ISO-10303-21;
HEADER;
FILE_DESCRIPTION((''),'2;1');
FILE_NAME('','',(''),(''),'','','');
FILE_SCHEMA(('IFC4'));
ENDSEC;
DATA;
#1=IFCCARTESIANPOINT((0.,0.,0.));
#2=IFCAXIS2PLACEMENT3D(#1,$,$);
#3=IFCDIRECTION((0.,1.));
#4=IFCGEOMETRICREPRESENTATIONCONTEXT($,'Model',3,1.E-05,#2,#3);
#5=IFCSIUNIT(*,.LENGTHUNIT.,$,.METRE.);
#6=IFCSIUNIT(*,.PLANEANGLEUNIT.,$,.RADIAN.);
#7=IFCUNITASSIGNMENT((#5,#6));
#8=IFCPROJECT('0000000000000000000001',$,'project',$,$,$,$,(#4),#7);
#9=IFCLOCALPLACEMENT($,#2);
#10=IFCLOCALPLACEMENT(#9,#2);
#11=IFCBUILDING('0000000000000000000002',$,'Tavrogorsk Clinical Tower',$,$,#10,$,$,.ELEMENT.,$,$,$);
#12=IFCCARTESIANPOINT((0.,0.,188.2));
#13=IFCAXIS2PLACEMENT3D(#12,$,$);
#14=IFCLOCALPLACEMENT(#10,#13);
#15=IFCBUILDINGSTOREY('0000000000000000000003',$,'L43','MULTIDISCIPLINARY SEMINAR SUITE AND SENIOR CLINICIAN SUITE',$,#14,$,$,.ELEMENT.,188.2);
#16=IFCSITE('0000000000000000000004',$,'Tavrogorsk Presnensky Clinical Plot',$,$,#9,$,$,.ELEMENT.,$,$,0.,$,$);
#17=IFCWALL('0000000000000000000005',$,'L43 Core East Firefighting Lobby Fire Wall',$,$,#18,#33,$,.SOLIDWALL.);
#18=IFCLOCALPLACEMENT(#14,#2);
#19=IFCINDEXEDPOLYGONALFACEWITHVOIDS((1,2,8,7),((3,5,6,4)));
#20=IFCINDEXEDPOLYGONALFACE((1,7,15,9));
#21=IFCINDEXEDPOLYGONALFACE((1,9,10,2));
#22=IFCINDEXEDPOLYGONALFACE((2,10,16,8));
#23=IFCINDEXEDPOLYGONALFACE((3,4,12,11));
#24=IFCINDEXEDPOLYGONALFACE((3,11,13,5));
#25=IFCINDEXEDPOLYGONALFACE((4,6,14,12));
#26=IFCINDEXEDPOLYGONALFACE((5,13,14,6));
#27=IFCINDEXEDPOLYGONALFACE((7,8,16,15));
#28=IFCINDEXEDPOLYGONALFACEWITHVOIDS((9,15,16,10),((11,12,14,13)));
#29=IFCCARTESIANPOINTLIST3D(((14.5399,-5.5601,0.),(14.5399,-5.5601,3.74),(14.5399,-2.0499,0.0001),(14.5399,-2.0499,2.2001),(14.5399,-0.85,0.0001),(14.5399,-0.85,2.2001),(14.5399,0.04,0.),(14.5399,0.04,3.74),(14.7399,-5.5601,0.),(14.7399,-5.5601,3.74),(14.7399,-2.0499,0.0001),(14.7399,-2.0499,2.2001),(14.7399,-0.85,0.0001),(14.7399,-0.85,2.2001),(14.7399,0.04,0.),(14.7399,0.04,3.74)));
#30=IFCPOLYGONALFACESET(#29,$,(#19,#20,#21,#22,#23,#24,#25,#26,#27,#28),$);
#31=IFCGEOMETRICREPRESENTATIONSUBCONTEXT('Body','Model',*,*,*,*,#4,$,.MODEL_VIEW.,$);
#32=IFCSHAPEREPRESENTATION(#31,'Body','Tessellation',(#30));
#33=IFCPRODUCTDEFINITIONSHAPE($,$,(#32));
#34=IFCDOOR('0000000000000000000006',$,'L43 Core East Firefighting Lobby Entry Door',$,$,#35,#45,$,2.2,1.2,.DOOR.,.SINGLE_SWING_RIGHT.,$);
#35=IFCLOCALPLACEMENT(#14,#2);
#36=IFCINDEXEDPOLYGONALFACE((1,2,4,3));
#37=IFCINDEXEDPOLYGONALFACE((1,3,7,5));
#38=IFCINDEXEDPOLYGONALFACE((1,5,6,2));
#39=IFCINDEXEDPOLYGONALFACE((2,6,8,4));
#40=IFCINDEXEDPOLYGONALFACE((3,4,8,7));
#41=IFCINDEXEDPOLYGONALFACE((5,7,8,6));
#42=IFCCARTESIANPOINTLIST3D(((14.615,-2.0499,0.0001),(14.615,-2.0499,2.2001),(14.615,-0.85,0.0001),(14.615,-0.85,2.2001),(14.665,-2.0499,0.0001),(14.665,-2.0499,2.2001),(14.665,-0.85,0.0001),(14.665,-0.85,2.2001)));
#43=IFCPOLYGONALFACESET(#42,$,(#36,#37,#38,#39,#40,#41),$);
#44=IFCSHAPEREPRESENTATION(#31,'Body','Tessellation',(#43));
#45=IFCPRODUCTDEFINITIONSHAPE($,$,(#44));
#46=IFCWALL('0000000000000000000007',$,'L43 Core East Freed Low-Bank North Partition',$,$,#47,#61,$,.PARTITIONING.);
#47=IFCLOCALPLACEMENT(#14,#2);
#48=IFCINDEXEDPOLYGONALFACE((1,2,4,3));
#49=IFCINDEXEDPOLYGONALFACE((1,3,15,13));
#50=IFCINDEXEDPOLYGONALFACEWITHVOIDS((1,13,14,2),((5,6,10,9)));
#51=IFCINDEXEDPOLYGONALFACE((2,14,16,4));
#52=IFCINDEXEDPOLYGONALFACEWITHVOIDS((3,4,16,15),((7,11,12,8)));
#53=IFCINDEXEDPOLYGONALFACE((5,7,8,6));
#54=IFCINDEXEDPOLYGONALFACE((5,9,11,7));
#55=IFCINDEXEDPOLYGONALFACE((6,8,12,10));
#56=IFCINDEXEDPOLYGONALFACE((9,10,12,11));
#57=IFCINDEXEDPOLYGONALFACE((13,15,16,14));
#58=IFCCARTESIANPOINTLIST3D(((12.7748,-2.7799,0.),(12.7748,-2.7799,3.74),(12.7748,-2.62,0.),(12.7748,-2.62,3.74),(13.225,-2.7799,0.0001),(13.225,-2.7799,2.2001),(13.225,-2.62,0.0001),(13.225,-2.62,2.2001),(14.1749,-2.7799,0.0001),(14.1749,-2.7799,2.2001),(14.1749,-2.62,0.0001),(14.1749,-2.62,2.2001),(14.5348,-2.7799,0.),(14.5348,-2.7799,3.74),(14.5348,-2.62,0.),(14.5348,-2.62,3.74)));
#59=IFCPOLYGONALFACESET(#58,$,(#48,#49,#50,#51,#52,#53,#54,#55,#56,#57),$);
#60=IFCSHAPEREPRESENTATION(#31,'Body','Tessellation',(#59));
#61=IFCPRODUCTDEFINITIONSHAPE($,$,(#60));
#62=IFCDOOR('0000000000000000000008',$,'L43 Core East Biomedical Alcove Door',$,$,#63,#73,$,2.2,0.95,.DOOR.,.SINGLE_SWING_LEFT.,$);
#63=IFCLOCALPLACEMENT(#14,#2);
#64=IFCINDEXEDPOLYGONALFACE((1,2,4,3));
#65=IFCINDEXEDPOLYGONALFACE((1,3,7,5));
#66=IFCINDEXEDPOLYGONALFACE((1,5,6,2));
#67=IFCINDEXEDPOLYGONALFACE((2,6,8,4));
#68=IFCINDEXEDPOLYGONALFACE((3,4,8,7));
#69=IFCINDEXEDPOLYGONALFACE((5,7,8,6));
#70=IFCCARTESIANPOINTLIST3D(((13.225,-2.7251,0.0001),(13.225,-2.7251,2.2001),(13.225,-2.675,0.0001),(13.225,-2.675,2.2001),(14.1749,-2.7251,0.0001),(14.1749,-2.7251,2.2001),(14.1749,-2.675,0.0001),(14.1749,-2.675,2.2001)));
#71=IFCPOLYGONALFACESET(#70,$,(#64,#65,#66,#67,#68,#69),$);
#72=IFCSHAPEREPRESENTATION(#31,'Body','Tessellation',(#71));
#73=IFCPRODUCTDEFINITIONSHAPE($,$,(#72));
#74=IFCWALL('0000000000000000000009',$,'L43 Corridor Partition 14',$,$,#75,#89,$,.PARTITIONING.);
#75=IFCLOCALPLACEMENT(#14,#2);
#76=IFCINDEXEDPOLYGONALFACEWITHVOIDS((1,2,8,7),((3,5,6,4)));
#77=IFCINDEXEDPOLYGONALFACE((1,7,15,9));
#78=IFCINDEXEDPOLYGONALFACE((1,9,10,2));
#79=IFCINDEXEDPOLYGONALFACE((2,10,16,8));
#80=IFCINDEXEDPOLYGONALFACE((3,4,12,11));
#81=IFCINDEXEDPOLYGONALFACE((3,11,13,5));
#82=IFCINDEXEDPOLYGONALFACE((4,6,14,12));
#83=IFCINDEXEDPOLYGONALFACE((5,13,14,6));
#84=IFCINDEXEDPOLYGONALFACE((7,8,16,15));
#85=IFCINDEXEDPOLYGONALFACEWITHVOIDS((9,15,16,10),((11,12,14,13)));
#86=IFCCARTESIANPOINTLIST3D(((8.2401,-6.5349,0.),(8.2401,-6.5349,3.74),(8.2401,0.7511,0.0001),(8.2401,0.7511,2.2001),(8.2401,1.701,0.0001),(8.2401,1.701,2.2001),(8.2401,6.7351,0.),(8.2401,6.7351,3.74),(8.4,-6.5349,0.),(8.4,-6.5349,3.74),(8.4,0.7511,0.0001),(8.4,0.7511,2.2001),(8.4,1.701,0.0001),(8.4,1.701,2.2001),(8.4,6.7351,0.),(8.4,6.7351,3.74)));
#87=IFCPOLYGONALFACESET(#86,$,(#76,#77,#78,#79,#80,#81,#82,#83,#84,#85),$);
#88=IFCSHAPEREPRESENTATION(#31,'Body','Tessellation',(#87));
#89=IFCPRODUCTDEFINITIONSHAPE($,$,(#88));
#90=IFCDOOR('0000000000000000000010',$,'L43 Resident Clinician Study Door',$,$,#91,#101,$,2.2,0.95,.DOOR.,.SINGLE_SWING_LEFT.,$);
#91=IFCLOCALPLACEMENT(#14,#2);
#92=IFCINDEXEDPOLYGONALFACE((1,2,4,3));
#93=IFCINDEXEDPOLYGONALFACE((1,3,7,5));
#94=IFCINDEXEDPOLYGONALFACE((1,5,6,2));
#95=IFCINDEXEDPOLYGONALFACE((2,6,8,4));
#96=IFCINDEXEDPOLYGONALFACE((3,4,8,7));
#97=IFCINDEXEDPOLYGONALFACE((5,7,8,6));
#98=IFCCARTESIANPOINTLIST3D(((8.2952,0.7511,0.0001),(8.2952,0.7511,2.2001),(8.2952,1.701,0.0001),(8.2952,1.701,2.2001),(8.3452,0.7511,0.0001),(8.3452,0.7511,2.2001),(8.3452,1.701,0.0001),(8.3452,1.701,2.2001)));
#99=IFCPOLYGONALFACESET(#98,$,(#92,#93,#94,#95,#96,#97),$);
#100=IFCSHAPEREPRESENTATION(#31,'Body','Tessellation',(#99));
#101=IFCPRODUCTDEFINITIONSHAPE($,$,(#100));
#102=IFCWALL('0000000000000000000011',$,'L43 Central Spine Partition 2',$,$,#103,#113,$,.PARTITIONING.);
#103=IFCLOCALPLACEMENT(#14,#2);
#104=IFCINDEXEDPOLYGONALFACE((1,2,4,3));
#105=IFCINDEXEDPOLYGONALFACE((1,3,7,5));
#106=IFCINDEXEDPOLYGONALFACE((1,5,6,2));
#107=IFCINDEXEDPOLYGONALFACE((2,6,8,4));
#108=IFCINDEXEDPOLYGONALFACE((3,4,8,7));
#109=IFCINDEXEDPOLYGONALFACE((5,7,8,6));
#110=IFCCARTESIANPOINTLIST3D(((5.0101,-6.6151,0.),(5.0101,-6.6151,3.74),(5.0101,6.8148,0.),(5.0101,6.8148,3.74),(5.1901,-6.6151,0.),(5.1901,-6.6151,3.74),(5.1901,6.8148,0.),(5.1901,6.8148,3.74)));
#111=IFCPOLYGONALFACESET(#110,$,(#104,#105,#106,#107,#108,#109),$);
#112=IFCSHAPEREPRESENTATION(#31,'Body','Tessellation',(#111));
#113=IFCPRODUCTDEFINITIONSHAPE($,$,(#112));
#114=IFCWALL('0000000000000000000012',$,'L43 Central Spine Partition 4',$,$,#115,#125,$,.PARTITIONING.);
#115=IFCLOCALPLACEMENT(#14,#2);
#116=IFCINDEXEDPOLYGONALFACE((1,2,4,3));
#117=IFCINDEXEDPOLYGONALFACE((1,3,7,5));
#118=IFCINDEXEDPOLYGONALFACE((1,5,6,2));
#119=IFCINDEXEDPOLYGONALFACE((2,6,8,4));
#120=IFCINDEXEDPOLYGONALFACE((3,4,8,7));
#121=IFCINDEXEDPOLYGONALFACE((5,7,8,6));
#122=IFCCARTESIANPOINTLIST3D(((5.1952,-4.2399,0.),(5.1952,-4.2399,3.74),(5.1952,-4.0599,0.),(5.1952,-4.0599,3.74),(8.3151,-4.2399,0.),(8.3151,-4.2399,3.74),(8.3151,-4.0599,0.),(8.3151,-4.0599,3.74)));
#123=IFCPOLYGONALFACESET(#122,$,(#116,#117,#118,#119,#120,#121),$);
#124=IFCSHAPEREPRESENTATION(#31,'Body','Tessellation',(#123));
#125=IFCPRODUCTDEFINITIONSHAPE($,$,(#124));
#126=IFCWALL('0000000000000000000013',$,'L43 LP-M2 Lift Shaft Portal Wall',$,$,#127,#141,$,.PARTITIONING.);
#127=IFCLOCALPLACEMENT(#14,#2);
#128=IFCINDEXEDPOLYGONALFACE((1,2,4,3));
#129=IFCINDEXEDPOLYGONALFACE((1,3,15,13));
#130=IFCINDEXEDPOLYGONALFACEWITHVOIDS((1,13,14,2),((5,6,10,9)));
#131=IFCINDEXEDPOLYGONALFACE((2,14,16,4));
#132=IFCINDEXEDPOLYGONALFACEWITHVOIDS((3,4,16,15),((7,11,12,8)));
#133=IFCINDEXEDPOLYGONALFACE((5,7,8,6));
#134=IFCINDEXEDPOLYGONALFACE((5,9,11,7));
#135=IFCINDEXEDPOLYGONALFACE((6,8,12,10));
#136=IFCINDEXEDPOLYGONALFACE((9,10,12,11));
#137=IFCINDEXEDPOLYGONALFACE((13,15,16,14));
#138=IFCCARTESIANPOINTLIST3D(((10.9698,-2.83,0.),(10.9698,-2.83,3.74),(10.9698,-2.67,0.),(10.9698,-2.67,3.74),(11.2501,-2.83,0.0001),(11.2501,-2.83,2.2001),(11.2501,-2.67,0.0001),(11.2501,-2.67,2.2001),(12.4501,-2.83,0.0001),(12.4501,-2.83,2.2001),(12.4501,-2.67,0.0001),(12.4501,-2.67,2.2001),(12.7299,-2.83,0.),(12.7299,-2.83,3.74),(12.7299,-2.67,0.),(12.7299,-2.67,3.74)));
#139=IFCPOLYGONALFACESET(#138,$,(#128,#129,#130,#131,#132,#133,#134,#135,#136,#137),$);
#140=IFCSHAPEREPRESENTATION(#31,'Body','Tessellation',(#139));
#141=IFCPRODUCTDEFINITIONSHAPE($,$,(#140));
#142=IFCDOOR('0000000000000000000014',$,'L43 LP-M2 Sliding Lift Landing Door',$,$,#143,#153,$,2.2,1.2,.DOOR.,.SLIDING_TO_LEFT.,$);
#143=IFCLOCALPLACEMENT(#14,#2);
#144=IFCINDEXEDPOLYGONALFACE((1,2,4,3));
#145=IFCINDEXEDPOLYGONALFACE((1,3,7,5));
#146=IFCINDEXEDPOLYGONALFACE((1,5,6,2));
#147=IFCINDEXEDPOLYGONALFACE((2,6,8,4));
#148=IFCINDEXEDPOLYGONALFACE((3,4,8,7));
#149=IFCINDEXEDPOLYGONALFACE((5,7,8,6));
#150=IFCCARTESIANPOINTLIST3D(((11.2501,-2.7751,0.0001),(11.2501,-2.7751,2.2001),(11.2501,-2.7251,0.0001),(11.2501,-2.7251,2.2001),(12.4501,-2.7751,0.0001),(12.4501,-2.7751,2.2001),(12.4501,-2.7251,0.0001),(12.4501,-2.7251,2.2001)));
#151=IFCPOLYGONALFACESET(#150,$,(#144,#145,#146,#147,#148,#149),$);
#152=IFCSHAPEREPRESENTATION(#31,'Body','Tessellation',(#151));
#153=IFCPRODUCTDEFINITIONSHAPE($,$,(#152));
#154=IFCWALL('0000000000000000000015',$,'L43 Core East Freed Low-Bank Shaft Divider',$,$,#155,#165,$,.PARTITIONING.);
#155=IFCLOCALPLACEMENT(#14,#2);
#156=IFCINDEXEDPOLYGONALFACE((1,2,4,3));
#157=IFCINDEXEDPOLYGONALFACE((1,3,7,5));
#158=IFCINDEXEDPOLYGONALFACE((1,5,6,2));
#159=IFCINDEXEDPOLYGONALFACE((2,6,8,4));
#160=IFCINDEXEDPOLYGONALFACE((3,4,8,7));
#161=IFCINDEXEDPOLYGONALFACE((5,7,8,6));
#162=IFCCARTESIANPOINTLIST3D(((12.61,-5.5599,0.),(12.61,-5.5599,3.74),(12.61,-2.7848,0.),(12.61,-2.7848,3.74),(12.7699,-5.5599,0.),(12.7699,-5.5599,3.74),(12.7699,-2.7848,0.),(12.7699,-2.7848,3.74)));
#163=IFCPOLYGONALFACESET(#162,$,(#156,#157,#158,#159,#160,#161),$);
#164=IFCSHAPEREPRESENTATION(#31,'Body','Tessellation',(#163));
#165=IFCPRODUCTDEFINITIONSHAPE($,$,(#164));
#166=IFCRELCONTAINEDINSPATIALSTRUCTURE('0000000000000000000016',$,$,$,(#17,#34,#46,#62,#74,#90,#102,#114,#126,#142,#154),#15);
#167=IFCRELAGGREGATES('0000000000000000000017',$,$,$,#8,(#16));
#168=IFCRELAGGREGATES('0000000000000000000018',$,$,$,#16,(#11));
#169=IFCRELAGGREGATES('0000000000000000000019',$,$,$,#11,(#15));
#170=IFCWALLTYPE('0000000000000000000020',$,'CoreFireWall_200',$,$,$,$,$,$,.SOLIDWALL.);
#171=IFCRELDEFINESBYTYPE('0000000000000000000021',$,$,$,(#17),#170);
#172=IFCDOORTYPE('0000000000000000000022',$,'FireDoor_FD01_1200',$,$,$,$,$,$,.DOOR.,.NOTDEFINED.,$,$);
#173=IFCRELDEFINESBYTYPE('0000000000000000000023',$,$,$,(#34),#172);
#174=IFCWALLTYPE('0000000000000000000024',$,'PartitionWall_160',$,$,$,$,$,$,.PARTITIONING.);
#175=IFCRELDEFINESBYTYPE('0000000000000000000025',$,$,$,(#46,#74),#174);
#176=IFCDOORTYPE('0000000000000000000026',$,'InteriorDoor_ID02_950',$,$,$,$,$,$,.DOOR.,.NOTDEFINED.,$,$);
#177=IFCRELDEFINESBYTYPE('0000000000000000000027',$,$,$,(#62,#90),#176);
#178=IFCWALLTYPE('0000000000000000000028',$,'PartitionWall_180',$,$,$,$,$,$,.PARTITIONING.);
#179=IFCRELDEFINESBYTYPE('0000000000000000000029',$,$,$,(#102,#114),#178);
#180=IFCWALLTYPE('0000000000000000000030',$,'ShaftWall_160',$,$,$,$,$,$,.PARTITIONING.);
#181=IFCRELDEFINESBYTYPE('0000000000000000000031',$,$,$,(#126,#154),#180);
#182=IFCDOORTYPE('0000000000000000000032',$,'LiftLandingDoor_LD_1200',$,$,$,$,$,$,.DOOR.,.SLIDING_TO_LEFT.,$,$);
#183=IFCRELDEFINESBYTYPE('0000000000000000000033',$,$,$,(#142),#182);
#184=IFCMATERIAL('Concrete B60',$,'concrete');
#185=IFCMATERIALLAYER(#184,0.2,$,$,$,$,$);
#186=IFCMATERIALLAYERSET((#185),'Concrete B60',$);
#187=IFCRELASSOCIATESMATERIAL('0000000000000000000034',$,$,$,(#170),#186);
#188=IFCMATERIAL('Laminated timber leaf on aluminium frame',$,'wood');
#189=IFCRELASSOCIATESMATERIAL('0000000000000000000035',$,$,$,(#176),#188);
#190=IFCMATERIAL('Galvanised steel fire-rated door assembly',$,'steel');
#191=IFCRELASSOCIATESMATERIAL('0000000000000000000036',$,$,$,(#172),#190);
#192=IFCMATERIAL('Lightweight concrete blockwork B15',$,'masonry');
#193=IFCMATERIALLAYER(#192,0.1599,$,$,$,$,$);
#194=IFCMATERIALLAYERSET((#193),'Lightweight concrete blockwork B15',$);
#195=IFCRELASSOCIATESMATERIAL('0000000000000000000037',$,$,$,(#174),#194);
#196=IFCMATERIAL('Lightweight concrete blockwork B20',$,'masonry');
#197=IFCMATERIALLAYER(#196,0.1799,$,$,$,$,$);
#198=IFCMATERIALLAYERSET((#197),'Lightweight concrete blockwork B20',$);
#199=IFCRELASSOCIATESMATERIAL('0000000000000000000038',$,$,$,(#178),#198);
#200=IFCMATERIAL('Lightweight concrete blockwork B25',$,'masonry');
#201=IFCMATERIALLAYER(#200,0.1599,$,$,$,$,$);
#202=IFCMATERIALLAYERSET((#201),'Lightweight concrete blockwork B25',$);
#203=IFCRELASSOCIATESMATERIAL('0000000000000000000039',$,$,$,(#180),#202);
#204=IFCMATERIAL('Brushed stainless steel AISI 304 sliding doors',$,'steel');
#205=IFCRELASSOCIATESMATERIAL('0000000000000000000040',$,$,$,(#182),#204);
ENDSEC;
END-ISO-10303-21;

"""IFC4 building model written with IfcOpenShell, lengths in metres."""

from ifc_helpers import new_model, si_unit, direction, frame, frame_2d, origin, place, context, subcontext, project, spatial, rectangle, extrude, material, layer, layer_set, type_object, element, fill, save


model = new_model("IFC4")

# Units and contexts
model_context = context("Model", 3, precision=1e-05, world=origin(), true_north=direction((0.0, 1.0)))
body_context = subcontext(model_context, "Body", "Model", "MODEL_VIEW")
ifc_project = project(units=[si_unit("LENGTHUNIT", "METRE"), si_unit("PLANEANGLEUNIT", "RADIAN")], contexts=[model_context])

# Site, building, storey
site_placement = place(None, origin())
site = spatial("IfcSite", under=ifc_project, at=site_placement, Name="Tavrogorsk Presnensky Clinical Plot", CompositionType="ELEMENT", RefElevation=0.0)
building_placement = place(site_placement, origin())
building = spatial("IfcBuilding", under=site, at=building_placement, Name="Tavrogorsk Clinical Tower", CompositionType="ELEMENT")
storey_placement = place(building_placement, frame((0.0, 0.0, 188.2)))
storey = spatial("IfcBuildingStorey", under=building, at=storey_placement, Name="L43", Description="MULTIDISCIPLINARY SEMINAR SUITE AND SENIOR CLINICIAN SUITE", CompositionType="ELEMENT", Elevation=188.2)

# Walls, openings, doors
ifc_material_1 = material(Name="Concrete B60", Category="concrete")
ifc_layer_1 = layer(ifc_material_1, 0.2)
ifc_layer_set_1 = layer_set([ifc_layer_1], Name="Concrete B60")
wall_type_1 = type_object("IfcWallType", Name="CoreFireWall_200", PredefinedType="SOLIDWALL", material=ifc_layer_set_1)
ifc_material_2 = material(Name="Laminated timber leaf on aluminium frame", Category="wood")
door_type_1 = type_object("IfcDoorType", Name="InteriorDoor_ID02_950", OperationType="NOTDEFINED", PredefinedType="DOOR", material=ifc_material_2)
wall_1_placement = place(storey_placement, frame((14.6399, -5.5601, 0.0), z_axis=(0.0, 0.0, 1.0), x_axis=(0.0, 1.0, 0.0)))
wall_1 = element("IfcWall", 1, at=wall_1_placement, inside=storey, type_object=wall_type_1, Name="L43 Core East Firefighting Lobby Fire Wall", PredefinedType="SOLIDWALL", context=body_context, shape_type="SweptSolid", body=[
    extrude(rectangle(XDim=5.6001, YDim=0.2, at=frame_2d((2.8, 0.0))), origin(), (0.0, 0.0, 1.0), 3.74),
])
opening_1_placement = place(wall_1_placement, frame((3.51, 0.0, 0.0)))
opening_1 = element("IfcOpeningElement", 2, at=opening_1_placement, cuts=wall_1, PredefinedType="OPENING", context=body_context, shape_type="SweptSolid", body=[
    extrude(rectangle(XDim=1.2, YDim=2.2, at=frame_2d((0.6001, 1.1001))), frame((0.0, 0.1099, 0.0), z_axis=(0.0, -1.0, 0.0), x_axis=(1.0, 0.0, 0.0)), (0.0, 0.0, 1.0), 0.22),
])
ifc_material_3 = material(Name="Galvanised steel fire-rated door assembly", Category="steel")
door_type_2 = type_object("IfcDoorType", Name="FireDoor_FD01_1200", OperationType="NOTDEFINED", PredefinedType="DOOR", material=ifc_material_3)
door_1_placement = place(opening_1_placement, origin())
door_1 = element("IfcDoor", 3, at=door_1_placement, inside=storey, type_object=door_type_2, Name="L43 Core East Firefighting Lobby Entry Door", OperationType="SINGLE_SWING_RIGHT", OverallHeight=2.2, OverallWidth=1.2, PredefinedType="DOOR", context=body_context, shape_type="SweptSolid", body=[
    extrude(rectangle(XDim=1.2, YDim=2.2, at=frame_2d((0.6001, 1.1001))), frame((0.0, 0.0249, 0.0), z_axis=(0.0, -1.0, 0.0), x_axis=(1.0, 0.0, 0.0)), (0.0, 0.0, 1.0), 0.05),
])
fill(opening_1, door_1)
ifc_material_4 = material(Name="Lightweight concrete blockwork B15", Category="masonry")
ifc_layer_2 = layer(ifc_material_4, 0.1599)
ifc_layer_set_2 = layer_set([ifc_layer_2], Name="Lightweight concrete blockwork B15")
wall_type_2 = type_object("IfcWallType", Name="PartitionWall_160", PredefinedType="PARTITIONING", material=ifc_layer_set_2)
wall_2_placement = place(storey_placement, frame((12.7749, -2.7, 0.0), z_axis=(0.0, 0.0, 1.0), x_axis=(1.0, 0.0, 0.0)))
wall_2 = element("IfcWall", 4, at=wall_2_placement, inside=storey, type_object=wall_type_2, Name="L43 Core East Freed Low-Bank North Partition", PredefinedType="PARTITIONING", context=body_context, shape_type="SweptSolid", body=[
    extrude(rectangle(XDim=1.76, YDim=0.1599, at=frame_2d((0.8799, 0.0))), origin(), (0.0, 0.0, 1.0), 3.74),
])
opening_2_placement = place(wall_2_placement, frame((0.45, 0.0, 0.0)))
opening_2 = element("IfcOpeningElement", 5, at=opening_2_placement, cuts=wall_2, PredefinedType="OPENING", context=body_context, shape_type="SweptSolid", body=[
    extrude(rectangle(XDim=0.95, YDim=2.2, at=frame_2d((0.4751, 1.1001))), frame((0.0, 0.0898, 0.0), z_axis=(0.0, -1.0, 0.0), x_axis=(1.0, 0.0, 0.0)), (0.0, 0.0, 1.0), 0.1799),
])
door_2_placement = place(opening_2_placement, origin())
door_2 = element("IfcDoor", 6, at=door_2_placement, inside=storey, type_object=door_type_1, Name="L43 Core East Biomedical Alcove Door", OperationType="SINGLE_SWING_LEFT", OverallHeight=2.2, OverallWidth=0.95, PredefinedType="DOOR", context=body_context, shape_type="SweptSolid", body=[
    extrude(rectangle(XDim=0.95, YDim=2.2, at=frame_2d((0.4751, 1.1001))), frame((0.0, 0.0249, 0.0), z_axis=(0.0, -1.0, 0.0), x_axis=(1.0, 0.0, 0.0)), (0.0, 0.0, 1.0), 0.05),
])
fill(opening_2, door_2)
wall_3_placement = place(storey_placement, frame((8.3201, -6.5349, 0.0), z_axis=(0.0, 0.0, 1.0), x_axis=(0.0, 1.0, 0.0)))
wall_3 = element("IfcWall", 7, at=wall_3_placement, inside=storey, type_object=wall_type_2, Name="L43 Corridor Partition 14", PredefinedType="PARTITIONING", context=body_context, shape_type="SweptSolid", body=[
    extrude(rectangle(XDim=13.27, YDim=0.1599, at=frame_2d((6.635, 0.0))), origin(), (0.0, 0.0, 1.0), 3.74),
])
opening_3_placement = place(wall_3_placement, frame((7.2859, 0.0, 0.0)))
opening_3 = element("IfcOpeningElement", 8, at=opening_3_placement, cuts=wall_3, PredefinedType="OPENING", context=body_context, shape_type="SweptSolid", body=[
    extrude(rectangle(XDim=0.95, YDim=2.2, at=frame_2d((0.4751, 1.1001))), frame((0.0, 0.0898, 0.0), z_axis=(0.0, -1.0, 0.0), x_axis=(1.0, 0.0, 0.0)), (0.0, 0.0, 1.0), 0.1799),
])
door_3_placement = place(opening_3_placement, origin())
door_3 = element("IfcDoor", 9, at=door_3_placement, inside=storey, type_object=door_type_1, Name="L43 Resident Clinician Study Door", OperationType="SINGLE_SWING_LEFT", OverallHeight=2.2, OverallWidth=0.95, PredefinedType="DOOR", context=body_context, shape_type="SweptSolid", body=[
    extrude(rectangle(XDim=0.95, YDim=2.2, at=frame_2d((0.4751, 1.1001))), frame((0.0, 0.0249, 0.0), z_axis=(0.0, -1.0, 0.0), x_axis=(1.0, 0.0, 0.0)), (0.0, 0.0, 1.0), 0.05),
])
fill(opening_3, door_3)

# Walls
ifc_material_5 = material(Name="Lightweight concrete blockwork B20", Category="masonry")
ifc_layer_3 = layer(ifc_material_5, 0.1799)
ifc_layer_set_3 = layer_set([ifc_layer_3], Name="Lightweight concrete blockwork B20")
wall_type_3 = type_object("IfcWallType", Name="PartitionWall_180", PredefinedType="PARTITIONING", material=ifc_layer_set_3)
wall_4_placement = place(storey_placement, frame((5.1001, -6.615, 0.0), z_axis=(0.0, 0.0, 1.0), x_axis=(0.0, 1.0, 0.0)))
element("IfcWall", 10, at=wall_4_placement, inside=storey, type_object=wall_type_3, Name="L43 Central Spine Partition 2", PredefinedType="PARTITIONING", context=body_context, shape_type="SweptSolid", body=[
    extrude(rectangle(XDim=13.4299, YDim=0.1799, at=frame_2d((6.7148, 0.0))), origin(), (0.0, 0.0, 1.0), 3.74),
])
wall_5_placement = place(storey_placement, frame((5.1951, -4.1499, 0.0), z_axis=(0.0, 0.0, 1.0), x_axis=(1.0, 0.0, 0.0)))
element("IfcWall", 11, at=wall_5_placement, inside=storey, type_object=wall_type_3, Name="L43 Central Spine Partition 4", PredefinedType="PARTITIONING", context=body_context, shape_type="SweptSolid", body=[
    extrude(rectangle(XDim=3.1199, YDim=0.1799, at=frame_2d((1.5601, 0.0))), origin(), (0.0, 0.0, 1.0), 3.74),
])

# Wall, opening, door
ifc_material_6 = material(Name="Lightweight concrete blockwork B25", Category="masonry")
ifc_layer_4 = layer(ifc_material_6, 0.1599)
ifc_layer_set_4 = layer_set([ifc_layer_4], Name="Lightweight concrete blockwork B25")
wall_type_4 = type_object("IfcWallType", Name="ShaftWall_160", PredefinedType="PARTITIONING", material=ifc_layer_set_4)
wall_6_placement = place(storey_placement, frame((10.97, -2.75, 0.0), z_axis=(0.0, 0.0, 1.0), x_axis=(1.0, 0.0, 0.0)))
wall_6 = element("IfcWall", 12, at=wall_6_placement, inside=storey, type_object=wall_type_4, Name="L43 LP-M2 Lift Shaft Portal Wall", PredefinedType="PARTITIONING", context=body_context, shape_type="SweptSolid", body=[
    extrude(rectangle(XDim=1.76, YDim=0.1599, at=frame_2d((0.8799, 0.0))), origin(), (0.0, 0.0, 1.0), 3.74),
])
opening_4_placement = place(wall_6_placement, frame((0.28, 0.0, 0.0)))
opening_4 = element("IfcOpeningElement", 13, at=opening_4_placement, cuts=wall_6, PredefinedType="OPENING", context=body_context, shape_type="SweptSolid", body=[
    extrude(rectangle(XDim=1.2, YDim=2.2, at=frame_2d((0.6001, 1.1001))), frame((0.0, 0.0898, 0.0), z_axis=(0.0, -1.0, 0.0), x_axis=(1.0, 0.0, 0.0)), (0.0, 0.0, 1.0), 0.1799),
])
ifc_material_7 = material(Name="Brushed stainless steel AISI 304 sliding doors", Category="steel")
door_type_3 = type_object("IfcDoorType", Name="LiftLandingDoor_LD_1200", OperationType="SLIDING_TO_LEFT", PredefinedType="DOOR", material=ifc_material_7)
door_4_placement = place(opening_4_placement, origin())
door_4 = element("IfcDoor", 14, at=door_4_placement, inside=storey, type_object=door_type_3, Name="L43 LP-M2 Sliding Lift Landing Door", OperationType="SLIDING_TO_LEFT", OverallHeight=2.2, OverallWidth=1.2, PredefinedType="DOOR", context=body_context, shape_type="SweptSolid", body=[
    extrude(rectangle(XDim=1.2, YDim=2.2, at=frame_2d((0.6001, 1.1001))), frame((0.0, 0.0249, 0.0), z_axis=(0.0, -1.0, 0.0), x_axis=(1.0, 0.0, 0.0)), (0.0, 0.0, 1.0), 0.05),
])
fill(opening_4, door_4)

# Wall
wall_7_placement = place(storey_placement, frame((12.6899, -5.5601, 0.0), z_axis=(0.0, 0.0, 1.0), x_axis=(0.0, 1.0, 0.0)))
element("IfcWall", 15, at=wall_7_placement, inside=storey, type_object=wall_type_4, Name="L43 Core East Freed Low-Bank Shaft Divider", PredefinedType="PARTITIONING", context=body_context, shape_type="SweptSolid", body=[
    extrude(rectangle(XDim=2.7751, YDim=0.1599, at=frame_2d((1.3877, 0.0))), origin(), (0.0, 0.0, 1.0), 3.74),
])

save(model, "model.ifc")
